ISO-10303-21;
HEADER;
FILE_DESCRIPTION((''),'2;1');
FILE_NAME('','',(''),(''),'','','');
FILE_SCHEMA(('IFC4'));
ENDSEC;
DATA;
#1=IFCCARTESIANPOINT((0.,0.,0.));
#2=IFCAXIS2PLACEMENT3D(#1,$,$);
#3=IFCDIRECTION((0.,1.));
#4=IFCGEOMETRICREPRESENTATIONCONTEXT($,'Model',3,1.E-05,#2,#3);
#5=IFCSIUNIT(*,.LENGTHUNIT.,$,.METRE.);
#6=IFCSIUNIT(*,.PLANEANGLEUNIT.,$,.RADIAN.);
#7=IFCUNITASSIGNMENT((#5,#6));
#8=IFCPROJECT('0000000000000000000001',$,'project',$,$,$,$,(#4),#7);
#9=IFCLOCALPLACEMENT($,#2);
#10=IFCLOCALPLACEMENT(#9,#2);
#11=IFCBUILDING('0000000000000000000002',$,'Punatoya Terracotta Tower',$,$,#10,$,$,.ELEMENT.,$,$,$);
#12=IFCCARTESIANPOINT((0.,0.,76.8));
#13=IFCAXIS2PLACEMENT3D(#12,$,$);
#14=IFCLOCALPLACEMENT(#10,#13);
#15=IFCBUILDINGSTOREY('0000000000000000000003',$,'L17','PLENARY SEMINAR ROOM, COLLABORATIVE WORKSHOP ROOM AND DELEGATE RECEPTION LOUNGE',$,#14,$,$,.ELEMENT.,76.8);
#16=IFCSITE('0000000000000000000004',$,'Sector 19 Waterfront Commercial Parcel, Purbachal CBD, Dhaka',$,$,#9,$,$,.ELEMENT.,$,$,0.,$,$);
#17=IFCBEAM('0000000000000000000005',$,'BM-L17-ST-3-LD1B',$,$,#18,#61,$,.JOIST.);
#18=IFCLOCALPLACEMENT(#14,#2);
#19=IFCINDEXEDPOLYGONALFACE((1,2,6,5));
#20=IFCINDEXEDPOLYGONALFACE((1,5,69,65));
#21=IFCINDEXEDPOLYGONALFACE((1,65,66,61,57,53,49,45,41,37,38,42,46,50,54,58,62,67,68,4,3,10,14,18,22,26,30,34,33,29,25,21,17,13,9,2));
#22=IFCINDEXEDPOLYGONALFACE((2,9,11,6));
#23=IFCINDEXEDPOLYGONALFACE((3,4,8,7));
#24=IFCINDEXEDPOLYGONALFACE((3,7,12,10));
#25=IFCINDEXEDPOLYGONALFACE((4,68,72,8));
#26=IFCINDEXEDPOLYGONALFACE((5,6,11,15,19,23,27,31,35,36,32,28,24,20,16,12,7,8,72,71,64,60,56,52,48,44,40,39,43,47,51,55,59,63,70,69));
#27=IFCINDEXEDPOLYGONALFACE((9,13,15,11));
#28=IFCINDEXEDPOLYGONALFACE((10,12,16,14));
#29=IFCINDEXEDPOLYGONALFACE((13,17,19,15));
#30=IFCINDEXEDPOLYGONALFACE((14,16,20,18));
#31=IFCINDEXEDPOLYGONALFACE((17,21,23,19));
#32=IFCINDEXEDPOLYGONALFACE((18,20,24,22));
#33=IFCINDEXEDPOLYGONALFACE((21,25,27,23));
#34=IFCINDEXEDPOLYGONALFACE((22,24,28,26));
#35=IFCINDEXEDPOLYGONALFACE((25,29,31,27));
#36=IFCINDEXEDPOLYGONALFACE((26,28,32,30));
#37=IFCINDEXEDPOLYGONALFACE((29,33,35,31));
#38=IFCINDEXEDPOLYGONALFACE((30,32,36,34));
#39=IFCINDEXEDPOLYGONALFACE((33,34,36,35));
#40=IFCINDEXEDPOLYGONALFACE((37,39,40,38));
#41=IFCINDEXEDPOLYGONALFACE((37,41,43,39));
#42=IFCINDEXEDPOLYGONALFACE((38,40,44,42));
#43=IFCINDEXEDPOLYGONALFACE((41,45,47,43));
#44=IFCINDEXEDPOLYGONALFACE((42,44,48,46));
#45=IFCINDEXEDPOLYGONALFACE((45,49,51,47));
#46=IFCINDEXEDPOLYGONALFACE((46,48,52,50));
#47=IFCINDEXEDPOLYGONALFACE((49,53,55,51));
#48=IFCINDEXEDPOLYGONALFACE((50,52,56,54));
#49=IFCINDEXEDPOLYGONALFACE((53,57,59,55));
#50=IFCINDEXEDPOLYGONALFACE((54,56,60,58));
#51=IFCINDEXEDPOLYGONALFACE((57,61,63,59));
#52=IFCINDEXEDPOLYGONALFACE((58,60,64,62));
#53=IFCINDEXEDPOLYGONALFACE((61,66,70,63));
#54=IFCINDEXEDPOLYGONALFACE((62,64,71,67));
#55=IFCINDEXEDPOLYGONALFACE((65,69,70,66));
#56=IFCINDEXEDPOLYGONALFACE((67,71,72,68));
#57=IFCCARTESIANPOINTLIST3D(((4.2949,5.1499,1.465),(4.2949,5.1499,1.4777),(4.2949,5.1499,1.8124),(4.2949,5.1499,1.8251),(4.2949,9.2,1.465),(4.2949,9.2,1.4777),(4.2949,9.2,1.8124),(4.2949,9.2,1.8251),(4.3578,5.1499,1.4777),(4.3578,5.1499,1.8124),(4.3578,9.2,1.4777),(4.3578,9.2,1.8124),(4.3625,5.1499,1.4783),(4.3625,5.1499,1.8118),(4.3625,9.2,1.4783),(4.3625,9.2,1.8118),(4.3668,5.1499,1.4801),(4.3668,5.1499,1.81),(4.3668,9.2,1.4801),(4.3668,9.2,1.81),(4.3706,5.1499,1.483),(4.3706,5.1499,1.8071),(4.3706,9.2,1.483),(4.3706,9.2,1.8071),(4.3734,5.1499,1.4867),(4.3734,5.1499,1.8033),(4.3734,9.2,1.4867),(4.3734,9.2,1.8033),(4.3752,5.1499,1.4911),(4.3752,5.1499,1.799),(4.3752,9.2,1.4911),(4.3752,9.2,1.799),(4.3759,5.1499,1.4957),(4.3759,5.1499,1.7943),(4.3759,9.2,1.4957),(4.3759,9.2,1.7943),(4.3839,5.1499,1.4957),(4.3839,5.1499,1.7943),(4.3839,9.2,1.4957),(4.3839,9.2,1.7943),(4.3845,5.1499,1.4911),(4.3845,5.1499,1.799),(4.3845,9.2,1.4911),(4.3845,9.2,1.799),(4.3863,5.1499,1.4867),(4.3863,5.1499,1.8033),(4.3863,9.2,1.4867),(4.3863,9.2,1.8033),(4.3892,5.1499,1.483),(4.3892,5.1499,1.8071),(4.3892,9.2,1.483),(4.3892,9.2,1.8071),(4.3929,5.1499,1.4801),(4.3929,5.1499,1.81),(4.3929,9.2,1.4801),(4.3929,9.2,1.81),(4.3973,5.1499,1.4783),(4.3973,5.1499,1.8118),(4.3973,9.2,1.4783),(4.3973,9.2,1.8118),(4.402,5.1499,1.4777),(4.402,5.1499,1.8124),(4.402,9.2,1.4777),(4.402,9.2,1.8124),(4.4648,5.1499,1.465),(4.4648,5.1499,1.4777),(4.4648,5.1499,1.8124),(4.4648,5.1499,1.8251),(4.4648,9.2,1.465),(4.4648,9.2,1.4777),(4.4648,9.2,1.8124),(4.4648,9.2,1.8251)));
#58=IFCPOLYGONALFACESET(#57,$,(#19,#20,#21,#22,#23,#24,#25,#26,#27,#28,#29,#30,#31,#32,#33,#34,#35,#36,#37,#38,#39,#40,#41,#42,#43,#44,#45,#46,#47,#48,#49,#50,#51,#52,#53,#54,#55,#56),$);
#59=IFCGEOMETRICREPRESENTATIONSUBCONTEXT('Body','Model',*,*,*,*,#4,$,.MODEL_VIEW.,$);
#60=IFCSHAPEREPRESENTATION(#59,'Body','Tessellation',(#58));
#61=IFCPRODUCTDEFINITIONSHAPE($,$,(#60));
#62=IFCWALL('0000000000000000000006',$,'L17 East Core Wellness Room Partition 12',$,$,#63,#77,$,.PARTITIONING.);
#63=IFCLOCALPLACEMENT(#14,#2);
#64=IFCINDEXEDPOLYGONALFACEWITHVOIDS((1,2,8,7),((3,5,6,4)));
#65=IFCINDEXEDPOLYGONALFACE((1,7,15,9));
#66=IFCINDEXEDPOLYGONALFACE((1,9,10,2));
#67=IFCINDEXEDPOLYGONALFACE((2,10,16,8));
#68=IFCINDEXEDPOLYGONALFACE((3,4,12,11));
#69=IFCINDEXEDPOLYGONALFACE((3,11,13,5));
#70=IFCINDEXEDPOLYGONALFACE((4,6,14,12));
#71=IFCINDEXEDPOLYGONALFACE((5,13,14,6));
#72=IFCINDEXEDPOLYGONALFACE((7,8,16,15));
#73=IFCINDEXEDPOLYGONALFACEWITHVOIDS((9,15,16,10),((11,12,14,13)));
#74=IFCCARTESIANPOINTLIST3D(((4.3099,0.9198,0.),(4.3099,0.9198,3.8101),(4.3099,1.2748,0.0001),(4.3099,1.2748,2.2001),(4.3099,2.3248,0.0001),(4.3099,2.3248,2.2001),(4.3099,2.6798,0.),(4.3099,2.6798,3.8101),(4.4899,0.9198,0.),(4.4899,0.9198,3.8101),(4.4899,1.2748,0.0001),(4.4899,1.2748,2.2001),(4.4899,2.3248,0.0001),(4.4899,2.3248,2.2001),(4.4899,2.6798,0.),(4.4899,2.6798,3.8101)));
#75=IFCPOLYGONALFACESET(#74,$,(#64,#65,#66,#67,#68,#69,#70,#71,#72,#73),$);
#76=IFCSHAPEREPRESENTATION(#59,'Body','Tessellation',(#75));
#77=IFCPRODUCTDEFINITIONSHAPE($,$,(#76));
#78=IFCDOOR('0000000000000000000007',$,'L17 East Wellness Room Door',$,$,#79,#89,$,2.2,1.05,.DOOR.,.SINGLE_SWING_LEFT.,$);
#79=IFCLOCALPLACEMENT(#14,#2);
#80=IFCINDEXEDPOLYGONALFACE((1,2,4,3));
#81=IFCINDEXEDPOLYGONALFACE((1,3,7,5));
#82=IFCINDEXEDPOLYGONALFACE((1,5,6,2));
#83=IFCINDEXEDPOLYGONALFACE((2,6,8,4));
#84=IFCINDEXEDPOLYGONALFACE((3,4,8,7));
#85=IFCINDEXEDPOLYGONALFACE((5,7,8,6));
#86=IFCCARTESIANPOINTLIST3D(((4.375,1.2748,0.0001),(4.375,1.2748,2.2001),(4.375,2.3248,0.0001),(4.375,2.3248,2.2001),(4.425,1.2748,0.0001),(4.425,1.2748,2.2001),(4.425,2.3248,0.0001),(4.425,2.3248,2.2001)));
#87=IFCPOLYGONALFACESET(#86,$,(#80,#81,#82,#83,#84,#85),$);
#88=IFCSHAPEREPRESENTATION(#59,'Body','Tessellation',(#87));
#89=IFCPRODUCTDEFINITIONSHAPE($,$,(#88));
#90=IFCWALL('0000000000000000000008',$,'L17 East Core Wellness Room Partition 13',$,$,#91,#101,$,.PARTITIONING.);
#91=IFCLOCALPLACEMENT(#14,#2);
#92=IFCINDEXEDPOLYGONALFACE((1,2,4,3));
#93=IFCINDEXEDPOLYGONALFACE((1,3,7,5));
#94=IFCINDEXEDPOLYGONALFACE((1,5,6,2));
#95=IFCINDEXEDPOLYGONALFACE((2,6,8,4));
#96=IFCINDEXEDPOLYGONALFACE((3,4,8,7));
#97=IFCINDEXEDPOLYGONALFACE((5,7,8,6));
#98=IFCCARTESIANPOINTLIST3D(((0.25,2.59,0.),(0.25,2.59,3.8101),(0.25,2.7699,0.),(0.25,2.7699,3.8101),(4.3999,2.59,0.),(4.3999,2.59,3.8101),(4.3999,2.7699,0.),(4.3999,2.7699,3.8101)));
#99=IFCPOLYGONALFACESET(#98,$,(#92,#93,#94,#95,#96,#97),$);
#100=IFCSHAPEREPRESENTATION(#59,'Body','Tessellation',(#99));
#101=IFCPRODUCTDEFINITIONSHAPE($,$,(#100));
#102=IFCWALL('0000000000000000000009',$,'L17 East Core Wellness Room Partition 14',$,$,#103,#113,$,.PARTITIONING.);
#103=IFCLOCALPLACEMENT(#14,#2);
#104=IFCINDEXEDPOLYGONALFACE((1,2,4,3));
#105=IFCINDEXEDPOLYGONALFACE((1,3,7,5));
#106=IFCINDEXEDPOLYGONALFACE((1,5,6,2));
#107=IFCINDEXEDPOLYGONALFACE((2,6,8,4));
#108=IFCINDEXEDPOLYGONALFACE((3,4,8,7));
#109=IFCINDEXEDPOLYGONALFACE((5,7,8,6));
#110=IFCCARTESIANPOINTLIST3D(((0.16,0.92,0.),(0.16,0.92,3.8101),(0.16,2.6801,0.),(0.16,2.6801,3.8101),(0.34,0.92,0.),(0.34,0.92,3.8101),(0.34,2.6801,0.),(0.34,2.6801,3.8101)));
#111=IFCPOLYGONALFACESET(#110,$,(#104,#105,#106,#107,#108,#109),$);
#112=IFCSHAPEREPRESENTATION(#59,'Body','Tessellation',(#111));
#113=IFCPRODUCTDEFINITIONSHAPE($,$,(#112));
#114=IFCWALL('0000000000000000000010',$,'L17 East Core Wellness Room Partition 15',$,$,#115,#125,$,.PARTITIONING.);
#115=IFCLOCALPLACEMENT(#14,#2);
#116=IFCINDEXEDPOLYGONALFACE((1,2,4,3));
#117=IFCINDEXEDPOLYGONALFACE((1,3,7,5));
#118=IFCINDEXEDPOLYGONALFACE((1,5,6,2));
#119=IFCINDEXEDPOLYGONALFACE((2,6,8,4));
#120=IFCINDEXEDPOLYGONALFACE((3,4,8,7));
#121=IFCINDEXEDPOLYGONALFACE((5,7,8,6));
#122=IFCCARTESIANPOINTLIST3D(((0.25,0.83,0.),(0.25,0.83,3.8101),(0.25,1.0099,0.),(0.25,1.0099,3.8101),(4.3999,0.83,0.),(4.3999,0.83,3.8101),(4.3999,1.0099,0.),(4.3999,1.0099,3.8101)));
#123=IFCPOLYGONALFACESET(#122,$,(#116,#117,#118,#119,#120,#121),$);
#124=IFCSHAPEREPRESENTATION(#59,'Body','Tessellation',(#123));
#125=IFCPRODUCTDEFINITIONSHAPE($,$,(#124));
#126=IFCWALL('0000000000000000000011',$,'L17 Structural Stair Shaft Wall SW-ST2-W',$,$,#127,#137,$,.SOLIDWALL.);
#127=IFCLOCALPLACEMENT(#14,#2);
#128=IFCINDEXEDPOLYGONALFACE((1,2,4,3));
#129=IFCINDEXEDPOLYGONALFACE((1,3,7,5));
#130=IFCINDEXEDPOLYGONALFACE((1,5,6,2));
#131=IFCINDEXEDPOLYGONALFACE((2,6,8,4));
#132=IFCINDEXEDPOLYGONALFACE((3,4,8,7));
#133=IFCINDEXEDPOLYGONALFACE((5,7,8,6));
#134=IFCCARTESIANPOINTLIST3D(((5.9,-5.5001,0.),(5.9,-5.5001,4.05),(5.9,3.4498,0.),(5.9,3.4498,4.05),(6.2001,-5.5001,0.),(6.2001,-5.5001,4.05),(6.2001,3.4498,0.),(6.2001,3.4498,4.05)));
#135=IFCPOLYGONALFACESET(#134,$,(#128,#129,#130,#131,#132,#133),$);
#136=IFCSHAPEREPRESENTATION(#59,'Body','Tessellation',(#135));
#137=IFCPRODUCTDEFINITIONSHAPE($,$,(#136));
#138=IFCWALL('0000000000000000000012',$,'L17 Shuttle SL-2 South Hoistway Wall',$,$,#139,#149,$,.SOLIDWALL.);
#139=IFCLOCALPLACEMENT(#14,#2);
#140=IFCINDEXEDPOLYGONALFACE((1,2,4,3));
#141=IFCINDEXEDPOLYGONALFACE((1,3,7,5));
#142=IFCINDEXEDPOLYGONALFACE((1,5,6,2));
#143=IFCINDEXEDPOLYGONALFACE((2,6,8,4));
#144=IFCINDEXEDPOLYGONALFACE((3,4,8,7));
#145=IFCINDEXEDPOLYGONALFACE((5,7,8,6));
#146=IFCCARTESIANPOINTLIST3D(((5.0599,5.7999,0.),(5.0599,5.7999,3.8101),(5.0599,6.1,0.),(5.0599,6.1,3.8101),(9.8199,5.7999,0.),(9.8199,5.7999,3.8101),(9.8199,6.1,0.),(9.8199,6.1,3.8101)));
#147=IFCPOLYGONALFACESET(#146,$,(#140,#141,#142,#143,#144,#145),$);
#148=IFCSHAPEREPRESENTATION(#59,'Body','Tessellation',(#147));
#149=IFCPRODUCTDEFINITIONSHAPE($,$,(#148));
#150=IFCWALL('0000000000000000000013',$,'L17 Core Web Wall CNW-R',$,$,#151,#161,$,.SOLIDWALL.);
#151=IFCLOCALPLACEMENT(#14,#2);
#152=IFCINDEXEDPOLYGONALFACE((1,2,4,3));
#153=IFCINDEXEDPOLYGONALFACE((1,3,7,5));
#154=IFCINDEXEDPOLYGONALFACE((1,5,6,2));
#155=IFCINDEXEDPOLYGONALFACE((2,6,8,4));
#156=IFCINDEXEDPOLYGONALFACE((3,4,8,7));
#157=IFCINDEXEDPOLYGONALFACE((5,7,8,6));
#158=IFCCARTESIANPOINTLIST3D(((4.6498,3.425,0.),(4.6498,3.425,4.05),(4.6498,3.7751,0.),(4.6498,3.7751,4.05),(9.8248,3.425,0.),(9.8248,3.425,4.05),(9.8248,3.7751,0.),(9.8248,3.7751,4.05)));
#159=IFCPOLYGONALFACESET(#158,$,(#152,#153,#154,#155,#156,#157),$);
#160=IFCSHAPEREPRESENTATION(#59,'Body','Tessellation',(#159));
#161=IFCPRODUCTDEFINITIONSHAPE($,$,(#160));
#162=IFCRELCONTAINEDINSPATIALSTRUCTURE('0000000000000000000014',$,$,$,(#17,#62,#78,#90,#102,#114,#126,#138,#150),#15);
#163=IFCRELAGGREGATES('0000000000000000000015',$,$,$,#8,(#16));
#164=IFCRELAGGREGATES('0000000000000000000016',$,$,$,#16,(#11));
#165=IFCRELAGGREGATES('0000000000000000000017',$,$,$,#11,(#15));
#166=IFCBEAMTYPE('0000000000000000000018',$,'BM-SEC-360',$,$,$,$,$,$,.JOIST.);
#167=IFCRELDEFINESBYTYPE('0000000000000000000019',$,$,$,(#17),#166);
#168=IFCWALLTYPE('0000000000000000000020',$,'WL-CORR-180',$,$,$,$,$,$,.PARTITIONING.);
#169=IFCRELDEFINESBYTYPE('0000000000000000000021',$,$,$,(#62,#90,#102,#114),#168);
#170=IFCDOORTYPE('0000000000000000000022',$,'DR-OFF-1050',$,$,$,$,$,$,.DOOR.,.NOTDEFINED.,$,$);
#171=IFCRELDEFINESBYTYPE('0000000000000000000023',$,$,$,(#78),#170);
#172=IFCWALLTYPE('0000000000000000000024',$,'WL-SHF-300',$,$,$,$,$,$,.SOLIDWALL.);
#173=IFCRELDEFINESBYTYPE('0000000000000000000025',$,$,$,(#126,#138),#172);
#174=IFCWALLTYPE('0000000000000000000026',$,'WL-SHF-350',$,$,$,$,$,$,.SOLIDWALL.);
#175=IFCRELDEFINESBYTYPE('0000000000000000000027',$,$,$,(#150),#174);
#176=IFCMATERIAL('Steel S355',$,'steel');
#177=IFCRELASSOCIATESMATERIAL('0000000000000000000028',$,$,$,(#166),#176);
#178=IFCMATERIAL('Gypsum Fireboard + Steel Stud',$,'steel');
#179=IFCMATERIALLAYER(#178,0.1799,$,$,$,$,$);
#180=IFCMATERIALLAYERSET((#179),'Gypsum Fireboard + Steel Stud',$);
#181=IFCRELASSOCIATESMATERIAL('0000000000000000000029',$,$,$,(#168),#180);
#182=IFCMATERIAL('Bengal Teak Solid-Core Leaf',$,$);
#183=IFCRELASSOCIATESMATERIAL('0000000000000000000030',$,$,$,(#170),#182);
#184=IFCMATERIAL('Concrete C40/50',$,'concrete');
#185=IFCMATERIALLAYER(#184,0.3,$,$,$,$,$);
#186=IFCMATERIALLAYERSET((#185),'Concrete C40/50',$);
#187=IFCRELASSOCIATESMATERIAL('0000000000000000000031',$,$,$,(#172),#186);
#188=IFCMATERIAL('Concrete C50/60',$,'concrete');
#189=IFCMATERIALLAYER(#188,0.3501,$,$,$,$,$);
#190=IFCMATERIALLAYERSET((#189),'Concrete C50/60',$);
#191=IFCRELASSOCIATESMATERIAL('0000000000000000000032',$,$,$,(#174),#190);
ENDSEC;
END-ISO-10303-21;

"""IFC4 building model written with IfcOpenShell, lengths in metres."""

from ifc_helpers import new_model, si_unit, direction, frame, frame_2d, origin, origin_2d, place, context, subcontext, project, spatial, rectangle, i_section, extrude, material, layer, layer_set, material_profile, profile_set, type_object, element, fill, save


model = new_model("IFC4")

# Units and contexts
model_context = context("Model", 3, precision=1e-05, world=origin(), true_north=direction((0.0, 1.0)))
body_context = subcontext(model_context, "Body", "Model", "MODEL_VIEW")
ifc_project = project(units=[si_unit("LENGTHUNIT", "METRE"), si_unit("PLANEANGLEUNIT", "RADIAN")], contexts=[model_context])

# Site, building, storey
site_placement = place(None, origin())
site = spatial("IfcSite", under=ifc_project, at=site_placement, Name="Sector 19 Waterfront Commercial Parcel, Purbachal CBD, Dhaka", CompositionType="ELEMENT", RefElevation=0.0)
building_placement = place(site_placement, origin())
building = spatial("IfcBuilding", under=site, at=building_placement, Name="Punatoya Terracotta Tower", CompositionType="ELEMENT")
storey_placement = place(building_placement, frame((0.0, 0.0, 76.8)))
storey = spatial("IfcBuildingStorey", under=building, at=storey_placement, Name="L17", Description="PLENARY SEMINAR ROOM, COLLABORATIVE WORKSHOP ROOM AND DELEGATE RECEPTION LOUNGE", CompositionType="ELEMENT", Elevation=76.8)

# Beam
ifc_material_1 = material(Name="Steel S355", Category="steel")
ifc_material_profile_1 = material_profile(ifc_material_1, i_section(OverallWidth=0.1699, OverallDepth=0.3601, WebThickness=0.0081, FlangeThickness=0.0127, FilletRadius=0.0181, at=origin_2d()))
ifc_profile_set_1 = profile_set([ifc_material_profile_1], Name="Steel S355")
beam_type_1 = type_object("IfcBeamType", Name="BM-SEC-360", PredefinedType="JOIST", material=ifc_profile_set_1)
for number, where, z_axis, x_axis, name in (
    (1, (4.3799, 5.1499, 1.645), (0.0, 1.0, 0.0), (-1.0, 0.0, 0.0), "BM-L17-ST-3-LD1B"),
):
    element("IfcBeam", number, at=place(storey_placement, frame(where, z_axis=z_axis, x_axis=x_axis)), inside=storey, type_object=beam_type_1, Name=name, PredefinedType="JOIST", context=body_context, shape_type="SweptSolid", body=[
        extrude(i_section(OverallWidth=0.1699, OverallDepth=0.3601, WebThickness=0.0081, FlangeThickness=0.0127, FilletRadius=0.0181, at=origin_2d()), origin(), (0.0, 0.0, 1.0), 4.05),
    ])

# Wall, opening, door
ifc_material_2 = material(Name="Gypsum Fireboard + Steel Stud", Category="steel")
ifc_layer_1 = layer(ifc_material_2, 0.1799)
ifc_layer_set_1 = layer_set([ifc_layer_1], Name="Gypsum Fireboard + Steel Stud")
wall_type_1 = type_object("IfcWallType", Name="WL-CORR-180", PredefinedType="PARTITIONING", material=ifc_layer_set_1)
wall_1_placement = place(storey_placement, frame((4.3999, 0.9199, 0.0), z_axis=(0.0, 0.0, 1.0), x_axis=(0.0, 1.0, 0.0)))
wall_1 = element("IfcWall", 2, at=wall_1_placement, inside=storey, type_object=wall_type_1, Name="L17 East Core Wellness Room Partition 12", PredefinedType="PARTITIONING", context=body_context, shape_type="SweptSolid", body=[
    extrude(rectangle(XDim=1.76, YDim=0.1799, at=frame_2d((0.8799, 0.0))), origin(), (0.0, 0.0, 1.0), 3.8101),
])
opening_placement = place(wall_1_placement, frame((0.355, 0.0, 0.0)))
opening = element("IfcOpeningElement", 3, at=opening_placement, cuts=wall_1, PredefinedType="OPENING", context=body_context, shape_type="SweptSolid", body=[
    extrude(rectangle(XDim=1.05, YDim=2.2, at=frame_2d((0.5249, 1.1001))), frame((0.0, 0.0999, 0.0), z_axis=(0.0, -1.0, 0.0), x_axis=(1.0, 0.0, 0.0)), (0.0, 0.0, 1.0), 0.2),
])
ifc_material_3 = material(Name="Bengal Teak Solid-Core Leaf")
door_type = type_object("IfcDoorType", Name="DR-OFF-1050", OperationType="NOTDEFINED", PredefinedType="DOOR", material=ifc_material_3)
door_placement = place(opening_placement, origin())
door = element("IfcDoor", 4, at=door_placement, inside=storey, type_object=door_type, Name="L17 East Wellness Room Door", OperationType="SINGLE_SWING_LEFT", OverallHeight=2.2, OverallWidth=1.05, PredefinedType="DOOR", context=body_context, shape_type="SweptSolid", body=[
    extrude(rectangle(XDim=1.05, YDim=2.2, at=frame_2d((0.5249, 1.1001))), frame((0.0, 0.0249, 0.0), z_axis=(0.0, -1.0, 0.0), x_axis=(1.0, 0.0, 0.0)), (0.0, 0.0, 1.0), 0.05),
])
fill(opening, door)

# Walls
wall_2_placement = place(storey_placement, frame((4.3999, 2.6799, 0.0), z_axis=(0.0, 0.0, 1.0), x_axis=(-1.0, 0.0, 0.0)))
element("IfcWall", 5, at=wall_2_placement, inside=storey, type_object=wall_type_1, Name="L17 East Core Wellness Room Partition 13", PredefinedType="PARTITIONING", context=body_context, shape_type="SweptSolid", body=[
    extrude(rectangle(XDim=4.1499, YDim=0.1799, at=frame_2d((2.075, 0.0))), origin(), (0.0, 0.0, 1.0), 3.8101),
])
wall_3_placement = place(storey_placement, frame((0.25, 2.6799, 0.0), z_axis=(0.0, 0.0, 1.0), x_axis=(0.0, -1.0, 0.0)))
element("IfcWall", 6, at=wall_3_placement, inside=storey, type_object=wall_type_1, Name="L17 East Core Wellness Room Partition 14", PredefinedType="PARTITIONING", context=body_context, shape_type="SweptSolid", body=[
    extrude(rectangle(XDim=1.76, YDim=0.1799, at=frame_2d((0.8799, 0.0))), origin(), (0.0, 0.0, 1.0), 3.8101),
])
wall_4_placement = place(storey_placement, frame((0.25, 0.9199, 0.0), z_axis=(0.0, 0.0, 1.0), x_axis=(1.0, 0.0, 0.0)))
element("IfcWall", 7, at=wall_4_placement, inside=storey, type_object=wall_type_1, Name="L17 East Core Wellness Room Partition 15", PredefinedType="PARTITIONING", context=body_context, shape_type="SweptSolid", body=[
    extrude(rectangle(XDim=4.1499, YDim=0.1799, at=frame_2d((2.075, 0.0))), origin(), (0.0, 0.0, 1.0), 3.8101),
])
ifc_material_4 = material(Name="Concrete C40/50", Category="concrete")
ifc_layer_2 = layer(ifc_material_4, 0.3)
ifc_layer_set_2 = layer_set([ifc_layer_2], Name="Concrete C40/50")
wall_type_2 = type_object("IfcWallType", Name="WL-SHF-300", PredefinedType="SOLIDWALL", material=ifc_layer_set_2)
wall_5_placement = place(storey_placement, frame((6.05, 3.45, 0.0), z_axis=(0.0, 0.0, 1.0), x_axis=(0.0, -1.0, 0.0)))
element("IfcWall", 8, at=wall_5_placement, inside=storey, type_object=wall_type_2, Name="L17 Structural Stair Shaft Wall SW-ST2-W", PredefinedType="SOLIDWALL", context=body_context, shape_type="SweptSolid", body=[
    extrude(rectangle(XDim=8.95, YDim=0.3, at=frame_2d((4.4751, 0.0))), origin(), (0.0, 0.0, 1.0), 4.05),
])
wall_6_placement = place(storey_placement, frame((5.0601, 5.95, 0.0), z_axis=(0.0, 0.0, 1.0), x_axis=(1.0, 0.0, 0.0)))
element("IfcWall", 9, at=wall_6_placement, inside=storey, type_object=wall_type_2, Name="L17 Shuttle SL-2 South Hoistway Wall", PredefinedType="SOLIDWALL", context=body_context, shape_type="SweptSolid", body=[
    extrude(rectangle(XDim=4.76, YDim=0.3, at=frame_2d((2.3799, 0.0))), origin(), (0.0, 0.0, 1.0), 3.8101),
])
ifc_material_5 = material(Name="Concrete C50/60", Category="concrete")
ifc_layer_3 = layer(ifc_material_5, 0.3501)
ifc_layer_set_3 = layer_set([ifc_layer_3], Name="Concrete C50/60")
wall_type_3 = type_object("IfcWallType", Name="WL-SHF-350", PredefinedType="SOLIDWALL", material=ifc_layer_set_3)
wall_7_placement = place(storey_placement, frame((4.6499, 3.6001, 0.0), z_axis=(0.0, 0.0, 1.0), x_axis=(1.0, 0.0, 0.0)))
element("IfcWall", 10, at=wall_7_placement, inside=storey, type_object=wall_type_3, Name="L17 Core Web Wall CNW-R", PredefinedType="SOLIDWALL", context=body_context, shape_type="SweptSolid", body=[
    extrude(rectangle(XDim=5.175, YDim=0.3501, at=frame_2d((2.5874, 0.0))), origin(), (0.0, 0.0, 1.0), 4.05),
])

save(model, "model.ifc")
